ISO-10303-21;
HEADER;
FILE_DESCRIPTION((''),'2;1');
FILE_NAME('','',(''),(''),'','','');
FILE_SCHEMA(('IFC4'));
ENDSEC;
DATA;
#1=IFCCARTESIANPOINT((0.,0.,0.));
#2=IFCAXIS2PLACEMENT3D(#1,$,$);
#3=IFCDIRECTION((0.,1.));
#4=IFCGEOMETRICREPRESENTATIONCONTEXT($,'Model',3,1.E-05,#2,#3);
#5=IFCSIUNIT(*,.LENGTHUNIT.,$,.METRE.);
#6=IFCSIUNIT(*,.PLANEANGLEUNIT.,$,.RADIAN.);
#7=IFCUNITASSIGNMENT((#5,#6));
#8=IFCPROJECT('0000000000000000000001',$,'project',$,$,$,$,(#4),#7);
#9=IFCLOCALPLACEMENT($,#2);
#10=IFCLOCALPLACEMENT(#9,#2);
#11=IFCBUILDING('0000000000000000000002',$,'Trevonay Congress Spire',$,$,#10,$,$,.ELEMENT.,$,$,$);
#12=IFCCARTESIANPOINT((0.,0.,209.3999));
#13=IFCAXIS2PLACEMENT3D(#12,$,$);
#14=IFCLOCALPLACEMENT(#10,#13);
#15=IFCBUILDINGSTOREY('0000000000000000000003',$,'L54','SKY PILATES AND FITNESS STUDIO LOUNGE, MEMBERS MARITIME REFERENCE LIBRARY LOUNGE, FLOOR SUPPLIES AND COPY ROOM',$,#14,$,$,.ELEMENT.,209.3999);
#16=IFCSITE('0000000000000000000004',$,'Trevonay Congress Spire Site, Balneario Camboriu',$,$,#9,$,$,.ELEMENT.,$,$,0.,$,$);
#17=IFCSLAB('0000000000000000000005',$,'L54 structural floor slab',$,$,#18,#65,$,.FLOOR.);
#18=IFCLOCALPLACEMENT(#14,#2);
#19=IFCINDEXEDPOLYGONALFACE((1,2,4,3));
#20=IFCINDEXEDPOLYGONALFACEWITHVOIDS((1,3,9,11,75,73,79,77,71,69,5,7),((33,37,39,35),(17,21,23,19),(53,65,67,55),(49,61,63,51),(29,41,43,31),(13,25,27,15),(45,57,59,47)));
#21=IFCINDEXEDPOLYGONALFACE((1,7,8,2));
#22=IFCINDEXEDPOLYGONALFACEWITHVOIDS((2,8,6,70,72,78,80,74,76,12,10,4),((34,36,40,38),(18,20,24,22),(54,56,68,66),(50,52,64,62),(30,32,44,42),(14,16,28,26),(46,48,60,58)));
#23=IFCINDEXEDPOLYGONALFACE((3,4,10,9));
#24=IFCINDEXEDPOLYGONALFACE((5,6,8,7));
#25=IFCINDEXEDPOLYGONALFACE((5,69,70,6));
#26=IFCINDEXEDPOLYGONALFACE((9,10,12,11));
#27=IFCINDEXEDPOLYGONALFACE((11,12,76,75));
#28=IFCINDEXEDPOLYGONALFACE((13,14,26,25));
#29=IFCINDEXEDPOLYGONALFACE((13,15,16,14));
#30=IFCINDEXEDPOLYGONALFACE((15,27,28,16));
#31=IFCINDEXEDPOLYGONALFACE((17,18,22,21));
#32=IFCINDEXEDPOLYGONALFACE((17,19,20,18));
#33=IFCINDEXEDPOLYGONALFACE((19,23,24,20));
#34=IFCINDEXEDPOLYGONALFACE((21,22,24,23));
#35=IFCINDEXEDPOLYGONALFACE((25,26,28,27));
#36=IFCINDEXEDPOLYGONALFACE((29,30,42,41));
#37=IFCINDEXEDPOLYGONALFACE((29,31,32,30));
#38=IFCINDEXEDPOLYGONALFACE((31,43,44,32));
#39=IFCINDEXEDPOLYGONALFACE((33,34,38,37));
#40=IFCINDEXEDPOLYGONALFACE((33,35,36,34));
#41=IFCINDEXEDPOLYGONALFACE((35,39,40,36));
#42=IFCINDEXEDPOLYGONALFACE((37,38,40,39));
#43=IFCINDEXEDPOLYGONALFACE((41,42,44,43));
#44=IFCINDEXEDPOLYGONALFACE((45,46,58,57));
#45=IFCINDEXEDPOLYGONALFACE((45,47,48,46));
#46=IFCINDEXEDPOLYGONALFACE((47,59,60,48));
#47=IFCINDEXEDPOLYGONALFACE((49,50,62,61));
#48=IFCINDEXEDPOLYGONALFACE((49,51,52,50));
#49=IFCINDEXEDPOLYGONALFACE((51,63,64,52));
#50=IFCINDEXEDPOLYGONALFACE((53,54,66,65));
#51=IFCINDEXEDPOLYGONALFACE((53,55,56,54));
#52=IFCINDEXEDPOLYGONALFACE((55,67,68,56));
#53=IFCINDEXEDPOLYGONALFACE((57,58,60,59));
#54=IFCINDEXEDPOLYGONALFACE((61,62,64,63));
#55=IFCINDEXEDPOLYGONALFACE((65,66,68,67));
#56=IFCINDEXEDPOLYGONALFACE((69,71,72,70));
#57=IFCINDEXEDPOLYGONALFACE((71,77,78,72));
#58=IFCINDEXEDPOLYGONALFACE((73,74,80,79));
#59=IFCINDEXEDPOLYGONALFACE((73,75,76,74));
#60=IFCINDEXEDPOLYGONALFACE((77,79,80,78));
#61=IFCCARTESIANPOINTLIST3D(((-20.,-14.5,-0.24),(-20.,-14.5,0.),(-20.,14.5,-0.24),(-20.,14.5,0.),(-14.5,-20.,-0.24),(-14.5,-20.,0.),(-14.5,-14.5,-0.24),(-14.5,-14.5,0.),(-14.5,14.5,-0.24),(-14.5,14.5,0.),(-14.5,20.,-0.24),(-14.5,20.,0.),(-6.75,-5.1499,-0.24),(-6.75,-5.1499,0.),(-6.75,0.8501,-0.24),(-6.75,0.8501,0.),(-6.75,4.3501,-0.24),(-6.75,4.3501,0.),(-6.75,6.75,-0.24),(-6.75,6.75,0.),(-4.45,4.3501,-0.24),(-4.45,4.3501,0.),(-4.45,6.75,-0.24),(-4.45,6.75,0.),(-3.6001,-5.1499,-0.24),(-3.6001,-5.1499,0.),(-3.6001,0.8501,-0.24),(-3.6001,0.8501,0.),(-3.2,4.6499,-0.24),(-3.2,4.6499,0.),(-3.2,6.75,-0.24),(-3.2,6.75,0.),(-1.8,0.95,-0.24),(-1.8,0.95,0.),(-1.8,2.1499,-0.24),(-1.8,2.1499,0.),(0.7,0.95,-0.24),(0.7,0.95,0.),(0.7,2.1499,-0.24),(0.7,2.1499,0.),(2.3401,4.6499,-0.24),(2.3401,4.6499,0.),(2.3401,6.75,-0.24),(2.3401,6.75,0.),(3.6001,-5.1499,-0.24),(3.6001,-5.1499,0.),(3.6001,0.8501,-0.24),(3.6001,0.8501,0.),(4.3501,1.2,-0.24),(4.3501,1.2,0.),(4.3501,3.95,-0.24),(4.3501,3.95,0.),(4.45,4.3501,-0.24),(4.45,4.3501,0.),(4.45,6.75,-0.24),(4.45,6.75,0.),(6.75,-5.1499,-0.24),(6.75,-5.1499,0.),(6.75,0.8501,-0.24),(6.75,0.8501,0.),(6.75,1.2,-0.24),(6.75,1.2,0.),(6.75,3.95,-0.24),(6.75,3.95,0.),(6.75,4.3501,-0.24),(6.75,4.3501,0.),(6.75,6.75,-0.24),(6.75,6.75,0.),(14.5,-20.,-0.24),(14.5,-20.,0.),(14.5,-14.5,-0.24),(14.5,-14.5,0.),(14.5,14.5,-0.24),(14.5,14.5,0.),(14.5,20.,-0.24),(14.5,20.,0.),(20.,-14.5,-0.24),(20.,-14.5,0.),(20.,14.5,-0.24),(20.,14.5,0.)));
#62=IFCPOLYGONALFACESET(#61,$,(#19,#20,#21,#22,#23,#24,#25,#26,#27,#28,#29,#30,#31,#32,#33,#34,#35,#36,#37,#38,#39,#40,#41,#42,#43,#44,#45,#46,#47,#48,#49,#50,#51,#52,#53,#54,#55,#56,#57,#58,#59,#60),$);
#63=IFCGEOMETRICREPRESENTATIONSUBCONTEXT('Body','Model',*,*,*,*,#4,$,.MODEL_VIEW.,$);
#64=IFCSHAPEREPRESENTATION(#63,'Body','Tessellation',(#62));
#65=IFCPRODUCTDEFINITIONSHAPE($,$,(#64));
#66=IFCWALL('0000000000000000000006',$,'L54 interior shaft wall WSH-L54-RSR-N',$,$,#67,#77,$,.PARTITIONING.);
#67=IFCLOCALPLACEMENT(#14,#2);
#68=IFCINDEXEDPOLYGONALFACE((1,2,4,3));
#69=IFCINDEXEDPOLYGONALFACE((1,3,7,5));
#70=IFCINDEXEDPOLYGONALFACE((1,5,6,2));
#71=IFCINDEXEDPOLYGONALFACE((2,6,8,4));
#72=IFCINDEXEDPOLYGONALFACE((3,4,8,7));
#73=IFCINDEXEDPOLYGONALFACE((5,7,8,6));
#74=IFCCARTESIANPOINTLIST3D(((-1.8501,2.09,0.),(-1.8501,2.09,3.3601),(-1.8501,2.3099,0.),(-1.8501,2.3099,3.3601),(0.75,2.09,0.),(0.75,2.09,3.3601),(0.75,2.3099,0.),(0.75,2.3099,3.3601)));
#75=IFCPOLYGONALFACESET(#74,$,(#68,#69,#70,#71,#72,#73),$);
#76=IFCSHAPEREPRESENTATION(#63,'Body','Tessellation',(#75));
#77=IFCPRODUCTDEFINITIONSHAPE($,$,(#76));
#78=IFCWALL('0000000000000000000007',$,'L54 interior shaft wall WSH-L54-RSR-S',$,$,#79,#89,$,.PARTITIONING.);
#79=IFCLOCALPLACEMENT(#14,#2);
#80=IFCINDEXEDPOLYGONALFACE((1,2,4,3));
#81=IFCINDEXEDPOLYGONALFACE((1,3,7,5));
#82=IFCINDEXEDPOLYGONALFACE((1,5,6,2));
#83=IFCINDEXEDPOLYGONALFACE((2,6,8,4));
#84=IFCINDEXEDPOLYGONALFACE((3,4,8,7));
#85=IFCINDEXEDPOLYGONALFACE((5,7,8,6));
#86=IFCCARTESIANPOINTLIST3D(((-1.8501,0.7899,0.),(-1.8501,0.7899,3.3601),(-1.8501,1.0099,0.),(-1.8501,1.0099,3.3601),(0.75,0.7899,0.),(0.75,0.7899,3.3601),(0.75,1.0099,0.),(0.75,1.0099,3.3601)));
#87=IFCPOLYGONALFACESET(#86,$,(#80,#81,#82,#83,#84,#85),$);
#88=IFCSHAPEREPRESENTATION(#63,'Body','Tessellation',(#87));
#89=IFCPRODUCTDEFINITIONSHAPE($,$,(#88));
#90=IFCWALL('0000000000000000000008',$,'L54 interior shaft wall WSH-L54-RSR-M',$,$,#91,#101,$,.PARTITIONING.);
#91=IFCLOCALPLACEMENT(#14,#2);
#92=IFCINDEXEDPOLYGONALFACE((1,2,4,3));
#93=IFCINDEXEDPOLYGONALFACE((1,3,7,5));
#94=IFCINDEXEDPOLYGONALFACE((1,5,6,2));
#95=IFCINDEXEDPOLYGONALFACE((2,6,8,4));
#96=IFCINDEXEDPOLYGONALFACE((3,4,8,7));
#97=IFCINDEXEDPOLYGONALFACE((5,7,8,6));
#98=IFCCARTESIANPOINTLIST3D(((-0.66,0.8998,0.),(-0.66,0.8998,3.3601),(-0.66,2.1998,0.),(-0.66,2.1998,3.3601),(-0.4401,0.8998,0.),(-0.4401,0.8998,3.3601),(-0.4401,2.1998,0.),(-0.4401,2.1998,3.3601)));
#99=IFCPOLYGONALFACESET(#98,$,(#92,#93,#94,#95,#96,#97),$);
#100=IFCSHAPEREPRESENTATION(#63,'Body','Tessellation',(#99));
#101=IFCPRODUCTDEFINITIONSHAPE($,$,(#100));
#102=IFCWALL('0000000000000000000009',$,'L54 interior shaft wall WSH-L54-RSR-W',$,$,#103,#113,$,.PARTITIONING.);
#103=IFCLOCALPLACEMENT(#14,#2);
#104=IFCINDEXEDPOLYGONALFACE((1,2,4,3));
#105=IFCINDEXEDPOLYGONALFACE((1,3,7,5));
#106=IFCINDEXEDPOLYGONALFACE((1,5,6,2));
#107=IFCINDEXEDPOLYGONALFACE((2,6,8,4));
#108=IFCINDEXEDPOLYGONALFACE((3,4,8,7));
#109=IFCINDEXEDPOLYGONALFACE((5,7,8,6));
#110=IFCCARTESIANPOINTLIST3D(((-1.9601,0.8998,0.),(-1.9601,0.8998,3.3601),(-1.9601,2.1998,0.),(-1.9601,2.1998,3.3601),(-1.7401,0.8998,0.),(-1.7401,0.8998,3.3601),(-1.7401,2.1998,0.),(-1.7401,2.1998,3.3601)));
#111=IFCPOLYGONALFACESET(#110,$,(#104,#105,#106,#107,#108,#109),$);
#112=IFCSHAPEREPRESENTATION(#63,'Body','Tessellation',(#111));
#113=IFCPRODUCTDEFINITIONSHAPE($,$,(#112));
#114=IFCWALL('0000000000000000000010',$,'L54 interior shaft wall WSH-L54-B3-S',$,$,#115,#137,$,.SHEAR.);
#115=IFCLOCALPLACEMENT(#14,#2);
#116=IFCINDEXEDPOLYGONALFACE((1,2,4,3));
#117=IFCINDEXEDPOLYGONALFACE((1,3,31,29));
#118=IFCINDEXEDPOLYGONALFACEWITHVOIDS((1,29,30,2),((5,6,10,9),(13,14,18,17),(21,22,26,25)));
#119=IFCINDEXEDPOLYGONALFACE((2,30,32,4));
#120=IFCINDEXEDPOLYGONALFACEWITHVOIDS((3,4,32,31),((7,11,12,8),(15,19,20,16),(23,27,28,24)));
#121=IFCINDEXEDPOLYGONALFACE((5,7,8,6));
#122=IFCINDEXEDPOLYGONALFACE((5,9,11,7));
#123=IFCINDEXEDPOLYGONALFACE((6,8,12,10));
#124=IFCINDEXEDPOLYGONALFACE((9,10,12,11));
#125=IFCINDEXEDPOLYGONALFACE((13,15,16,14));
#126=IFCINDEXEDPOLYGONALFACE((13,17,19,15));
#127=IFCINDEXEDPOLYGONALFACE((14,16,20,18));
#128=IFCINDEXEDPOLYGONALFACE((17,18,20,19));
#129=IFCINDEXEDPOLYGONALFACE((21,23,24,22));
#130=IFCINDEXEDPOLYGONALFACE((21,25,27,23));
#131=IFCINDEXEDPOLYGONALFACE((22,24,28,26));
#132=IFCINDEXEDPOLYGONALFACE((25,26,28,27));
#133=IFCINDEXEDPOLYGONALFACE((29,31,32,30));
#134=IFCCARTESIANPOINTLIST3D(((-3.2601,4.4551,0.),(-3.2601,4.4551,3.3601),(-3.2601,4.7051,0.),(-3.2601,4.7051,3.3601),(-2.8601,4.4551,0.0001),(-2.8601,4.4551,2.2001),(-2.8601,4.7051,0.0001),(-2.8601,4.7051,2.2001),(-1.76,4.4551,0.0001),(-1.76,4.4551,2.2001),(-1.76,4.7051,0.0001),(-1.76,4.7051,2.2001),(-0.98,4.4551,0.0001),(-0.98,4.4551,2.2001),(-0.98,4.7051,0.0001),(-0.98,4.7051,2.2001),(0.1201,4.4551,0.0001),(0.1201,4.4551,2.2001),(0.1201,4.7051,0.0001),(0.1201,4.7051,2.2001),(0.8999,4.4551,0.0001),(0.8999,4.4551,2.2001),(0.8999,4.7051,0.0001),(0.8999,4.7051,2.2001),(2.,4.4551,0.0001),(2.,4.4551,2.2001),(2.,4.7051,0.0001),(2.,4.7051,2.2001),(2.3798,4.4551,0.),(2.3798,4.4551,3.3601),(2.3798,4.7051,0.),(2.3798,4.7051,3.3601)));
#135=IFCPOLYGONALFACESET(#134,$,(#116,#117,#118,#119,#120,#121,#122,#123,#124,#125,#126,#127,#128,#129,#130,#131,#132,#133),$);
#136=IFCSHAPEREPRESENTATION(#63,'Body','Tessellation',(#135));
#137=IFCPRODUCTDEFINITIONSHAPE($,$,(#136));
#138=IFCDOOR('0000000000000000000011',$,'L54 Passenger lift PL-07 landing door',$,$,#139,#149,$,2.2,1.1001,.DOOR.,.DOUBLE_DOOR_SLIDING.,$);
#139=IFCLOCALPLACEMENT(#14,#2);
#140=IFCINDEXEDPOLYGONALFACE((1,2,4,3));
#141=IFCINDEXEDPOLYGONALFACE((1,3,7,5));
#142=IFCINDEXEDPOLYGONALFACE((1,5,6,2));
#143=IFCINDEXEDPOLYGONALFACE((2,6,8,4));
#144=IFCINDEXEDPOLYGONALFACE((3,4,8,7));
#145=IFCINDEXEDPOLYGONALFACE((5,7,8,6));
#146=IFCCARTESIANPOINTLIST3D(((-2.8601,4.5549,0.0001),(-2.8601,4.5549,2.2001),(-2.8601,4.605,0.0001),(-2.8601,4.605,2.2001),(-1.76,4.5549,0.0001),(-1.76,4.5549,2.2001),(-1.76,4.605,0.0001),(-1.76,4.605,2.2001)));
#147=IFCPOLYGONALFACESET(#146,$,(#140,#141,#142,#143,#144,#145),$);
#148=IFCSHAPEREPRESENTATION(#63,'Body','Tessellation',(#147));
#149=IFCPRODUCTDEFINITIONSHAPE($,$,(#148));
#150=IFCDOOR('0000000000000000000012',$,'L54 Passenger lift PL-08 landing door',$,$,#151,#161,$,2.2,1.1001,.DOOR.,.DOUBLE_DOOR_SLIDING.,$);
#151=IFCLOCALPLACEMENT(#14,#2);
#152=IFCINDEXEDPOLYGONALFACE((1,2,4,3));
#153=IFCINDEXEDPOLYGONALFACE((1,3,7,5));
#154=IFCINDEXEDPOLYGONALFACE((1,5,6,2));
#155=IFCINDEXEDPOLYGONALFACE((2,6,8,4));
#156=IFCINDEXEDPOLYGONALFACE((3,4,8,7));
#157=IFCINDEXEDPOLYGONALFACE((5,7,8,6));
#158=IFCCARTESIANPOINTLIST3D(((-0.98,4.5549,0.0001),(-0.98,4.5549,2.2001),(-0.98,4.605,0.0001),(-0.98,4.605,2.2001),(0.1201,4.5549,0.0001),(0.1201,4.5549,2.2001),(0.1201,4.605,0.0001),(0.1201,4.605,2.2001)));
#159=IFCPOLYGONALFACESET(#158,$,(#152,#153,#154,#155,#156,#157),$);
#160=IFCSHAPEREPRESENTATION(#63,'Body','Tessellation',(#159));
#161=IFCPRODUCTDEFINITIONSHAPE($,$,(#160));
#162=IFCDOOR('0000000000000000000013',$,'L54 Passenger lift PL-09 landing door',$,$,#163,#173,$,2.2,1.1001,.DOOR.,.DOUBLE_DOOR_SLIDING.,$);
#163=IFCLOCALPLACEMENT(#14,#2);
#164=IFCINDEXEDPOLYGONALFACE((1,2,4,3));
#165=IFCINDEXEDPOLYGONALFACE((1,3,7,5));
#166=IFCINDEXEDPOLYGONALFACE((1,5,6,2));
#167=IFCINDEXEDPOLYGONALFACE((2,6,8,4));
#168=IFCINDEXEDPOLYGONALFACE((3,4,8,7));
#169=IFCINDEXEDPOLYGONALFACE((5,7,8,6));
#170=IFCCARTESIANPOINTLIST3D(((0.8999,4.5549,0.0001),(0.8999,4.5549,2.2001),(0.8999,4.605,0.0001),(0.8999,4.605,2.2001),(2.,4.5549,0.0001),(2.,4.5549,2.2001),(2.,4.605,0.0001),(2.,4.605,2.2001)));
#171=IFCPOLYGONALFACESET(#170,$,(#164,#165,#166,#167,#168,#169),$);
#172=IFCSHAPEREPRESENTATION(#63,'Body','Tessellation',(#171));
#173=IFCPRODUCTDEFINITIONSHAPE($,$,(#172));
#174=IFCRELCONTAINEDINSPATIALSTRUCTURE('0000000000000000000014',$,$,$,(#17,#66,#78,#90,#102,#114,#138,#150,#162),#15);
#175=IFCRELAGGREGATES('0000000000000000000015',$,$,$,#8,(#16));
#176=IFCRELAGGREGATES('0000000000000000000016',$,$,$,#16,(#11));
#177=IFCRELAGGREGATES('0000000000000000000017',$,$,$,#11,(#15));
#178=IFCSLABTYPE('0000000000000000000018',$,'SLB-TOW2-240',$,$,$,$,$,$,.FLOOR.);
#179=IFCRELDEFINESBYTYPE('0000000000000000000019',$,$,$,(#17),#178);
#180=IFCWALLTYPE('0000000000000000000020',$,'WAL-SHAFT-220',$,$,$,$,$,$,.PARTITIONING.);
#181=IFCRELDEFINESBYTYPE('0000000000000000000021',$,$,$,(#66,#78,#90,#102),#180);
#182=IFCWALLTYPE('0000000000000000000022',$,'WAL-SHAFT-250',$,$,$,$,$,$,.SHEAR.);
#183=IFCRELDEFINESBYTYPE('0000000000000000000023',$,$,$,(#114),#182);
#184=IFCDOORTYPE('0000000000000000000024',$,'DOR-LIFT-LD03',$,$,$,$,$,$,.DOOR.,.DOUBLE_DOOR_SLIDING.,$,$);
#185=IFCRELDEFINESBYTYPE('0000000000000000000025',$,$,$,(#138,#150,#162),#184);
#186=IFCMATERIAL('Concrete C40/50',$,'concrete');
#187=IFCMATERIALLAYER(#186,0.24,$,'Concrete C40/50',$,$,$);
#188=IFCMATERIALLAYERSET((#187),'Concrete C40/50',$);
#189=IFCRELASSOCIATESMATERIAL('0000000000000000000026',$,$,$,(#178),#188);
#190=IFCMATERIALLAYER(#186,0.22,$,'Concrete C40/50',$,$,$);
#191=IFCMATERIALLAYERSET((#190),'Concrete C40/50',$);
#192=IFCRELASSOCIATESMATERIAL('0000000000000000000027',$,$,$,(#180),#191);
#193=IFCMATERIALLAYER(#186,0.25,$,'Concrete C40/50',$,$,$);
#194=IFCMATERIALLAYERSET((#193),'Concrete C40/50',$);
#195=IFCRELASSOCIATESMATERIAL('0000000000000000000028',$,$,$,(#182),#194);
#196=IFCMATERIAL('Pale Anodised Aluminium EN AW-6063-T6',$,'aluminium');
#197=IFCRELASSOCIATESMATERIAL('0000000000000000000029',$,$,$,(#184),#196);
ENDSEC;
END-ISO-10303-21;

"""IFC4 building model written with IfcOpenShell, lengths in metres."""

from ifc_helpers import new_model, si_unit, direction, frame, frame_2d, origin, place, context, subcontext, project, spatial, polyline, rectangle, outline, extrude, material, layer, layer_set, type_object, element, fill, save


model = new_model("IFC4")

# Units and contexts
model_context = context("Model", 3, precision=1e-05, world=origin(), true_north=direction((0.0, 1.0)))
body_context = subcontext(model_context, "Body", "Model", "MODEL_VIEW")
ifc_project = project(units=[si_unit("LENGTHUNIT", "METRE"), si_unit("PLANEANGLEUNIT", "RADIAN")], contexts=[model_context])

# Site, building, storey
site_placement = place(None, origin())
site = spatial("IfcSite", under=ifc_project, at=site_placement, Name="Trevonay Congress Spire Site, Balneario Camboriu", CompositionType="ELEMENT", RefElevation=0.0)
building_placement = place(site_placement, origin())
building = spatial("IfcBuilding", under=site, at=building_placement, Name="Trevonay Congress Spire", CompositionType="ELEMENT")
storey_placement = place(building_placement, frame((0.0, 0.0, 209.3999)))
storey = spatial("IfcBuildingStorey", under=building, at=storey_placement, Name="L54", Description="SKY PILATES AND FITNESS STUDIO LOUNGE, MEMBERS MARITIME REFERENCE LIBRARY LOUNGE, FLOOR SUPPLIES AND COPY ROOM", CompositionType="ELEMENT", Elevation=209.3999)

# Shared definitions
ifc_material_1 = material(Name="Concrete C40/50", Category="concrete")

# Slab
ifc_layer_1 = layer(ifc_material_1, 0.24, Name="Concrete C40/50")
ifc_layer_set_1 = layer_set([ifc_layer_1], Name="Concrete C40/50")
slab_type_1 = type_object("IfcSlabType", Name="SLB-TOW2-240", PredefinedType="FLOOR", material=ifc_layer_set_1)
slab_1_placement = place(storey_placement, frame((0.0, 0.0, -0.24)))
element("IfcSlab", 1, at=slab_1_placement, inside=storey, type_object=slab_type_1, Name="L54 structural floor slab", PredefinedType="FLOOR", context=body_context, shape_type="SweptSolid", body=[
    extrude(outline(polyline([(-14.5, -20.0), (14.5, -20.0), (14.5, -14.5), (20.0, -14.5), (20.0, 14.5), (14.5, 14.5), (14.5, 20.0), (-14.5, 20.0), (-14.5, 14.5), (-20.0, 14.5), (-20.0, -14.5), (-14.5, -14.5), (-14.5, -20.0)]), holes=[polyline([(-3.6001, -5.1499), (-3.6001, 0.8501), (-6.75, 0.8501), (-6.75, -5.1499), (-3.6001, -5.1499)]), polyline([(6.75, -5.1499), (6.75, 0.8501), (3.6001, 0.8501), (3.6001, -5.1499), (6.75, -5.1499)]), polyline([(-3.2, 4.6499), (2.3401, 4.6499), (2.3401, 6.75), (-3.2, 6.75), (-3.2, 4.6499)]), polyline([(-6.75, 4.3501), (-4.45, 4.3501), (-4.45, 6.75), (-6.75, 6.75), (-6.75, 4.3501)]), polyline([(4.45, 4.3501), (6.75, 4.3501), (6.75, 6.75), (4.45, 6.75), (4.45, 4.3501)]), polyline([(4.3501, 1.2), (6.75, 1.2), (6.75, 3.95), (4.3501, 3.95), (4.3501, 1.2)]), polyline([(-1.8, 0.95), (0.7, 0.95), (0.7, 2.1499), (-1.8, 2.1499), (-1.8, 0.95)])]), origin(), (0.0, 0.0, 1.0), 0.24),
])

# Walls
ifc_layer_2 = layer(ifc_material_1, 0.22, Name="Concrete C40/50")
ifc_layer_set_2 = layer_set([ifc_layer_2], Name="Concrete C40/50")
wall_type_1 = type_object("IfcWallType", Name="WAL-SHAFT-220", PredefinedType="PARTITIONING", material=ifc_layer_set_2)
for number, where, z_axis, x_axis, name in (
    (2, (-1.8501, 2.2, 0.0), (0.0, 0.0, 1.0), (1.0, 0.0, 0.0), "L54 interior shaft wall WSH-L54-RSR-N"),
    (3, (-1.8501, 0.8999, 0.0), (0.0, 0.0, 1.0), (1.0, 0.0, 0.0), "L54 interior shaft wall WSH-L54-RSR-S"),
):
    element("IfcWall", number, at=place(storey_placement, frame(where, z_axis=z_axis, x_axis=x_axis)), inside=storey, type_object=wall_type_1, Name=name, PredefinedType="PARTITIONING", context=body_context, shape_type="SweptSolid", body=[
        extrude(rectangle(XDim=2.6001, YDim=0.22, at=frame_2d((1.3, 0.0))), origin(), (0.0, 0.0, 1.0), 3.3601),
    ])
for number, where, z_axis, x_axis, name in (
    (4, (-0.55, 0.8999, 0.0), (0.0, 0.0, 1.0), (0.0, 1.0, 0.0), "L54 interior shaft wall WSH-L54-RSR-M"),
    (5, (-1.8501, 0.8999, 0.0), (0.0, 0.0, 1.0), (0.0, 1.0, 0.0), "L54 interior shaft wall WSH-L54-RSR-W"),
):
    element("IfcWall", number, at=place(storey_placement, frame(where, z_axis=z_axis, x_axis=x_axis)), inside=storey, type_object=wall_type_1, Name=name, PredefinedType="PARTITIONING", context=body_context, shape_type="SweptSolid", body=[
        extrude(rectangle(XDim=1.3, YDim=0.22, at=frame_2d((0.6499, 0.0))), origin(), (0.0, 0.0, 1.0), 3.3601),
    ])

# Wall, openings, doors
ifc_layer_3 = layer(ifc_material_1, 0.25, Name="Concrete C40/50")
ifc_layer_set_3 = layer_set([ifc_layer_3], Name="Concrete C40/50")
wall_type_2 = type_object("IfcWallType", Name="WAL-SHAFT-250", PredefinedType="SHEAR", material=ifc_layer_set_3)
wall_1_placement = place(storey_placement, frame((-3.26, 4.5801, 0.0), z_axis=(0.0, 0.0, 1.0), x_axis=(1.0, 0.0, 0.0)))
wall_1 = element("IfcWall", 6, at=wall_1_placement, inside=storey, type_object=wall_type_2, Name="L54 interior shaft wall WSH-L54-B3-S", PredefinedType="SHEAR", context=body_context, shape_type="SweptSolid", body=[
    extrude(rectangle(XDim=5.6399, YDim=0.25, at=frame_2d((2.8198, 0.0))), origin(), (0.0, 0.0, 1.0), 3.3601),
])
opening_1_placement = place(wall_1_placement, frame((0.3999, 0.0, 0.0)))
opening_1 = element("IfcOpeningElement", 7, at=opening_1_placement, cuts=wall_1, PredefinedType="OPENING", context=body_context, shape_type="SweptSolid", body=[
    extrude(rectangle(XDim=1.1001, YDim=2.2, at=frame_2d((0.55, 1.1001))), frame((0.0, 0.135, 0.0), z_axis=(0.0, -1.0, 0.0), x_axis=(1.0, 0.0, 0.0)), (0.0, 0.0, 1.0), 0.27),
])
opening_2_placement = place(wall_1_placement, frame((2.28, 0.0, 0.0)))
opening_2 = element("IfcOpeningElement", 8, at=opening_2_placement, cuts=wall_1, PredefinedType="OPENING", context=body_context, shape_type="SweptSolid", body=[
    extrude(rectangle(XDim=1.1001, YDim=2.2, at=frame_2d((0.55, 1.1001))), frame((0.0, 0.135, 0.0), z_axis=(0.0, -1.0, 0.0), x_axis=(1.0, 0.0, 0.0)), (0.0, 0.0, 1.0), 0.27),
])
opening_3_placement = place(wall_1_placement, frame((4.1599, 0.0, 0.0)))
opening_3 = element("IfcOpeningElement", 9, at=opening_3_placement, cuts=wall_1, PredefinedType="OPENING", context=body_context, shape_type="SweptSolid", body=[
    extrude(rectangle(XDim=1.1001, YDim=2.2, at=frame_2d((0.55, 1.1001))), frame((0.0, 0.135, 0.0), z_axis=(0.0, -1.0, 0.0), x_axis=(1.0, 0.0, 0.0)), (0.0, 0.0, 1.0), 0.27),
])
ifc_material_2 = material(Name="Pale Anodised Aluminium EN AW-6063-T6", Category="aluminium")
door_type_1 = type_object("IfcDoorType", Name="DOR-LIFT-LD03", OperationType="DOUBLE_DOOR_SLIDING", PredefinedType="DOOR", material=ifc_material_2)
door_1_placement = place(opening_1_placement, origin())
door_1 = element("IfcDoor", 10, at=door_1_placement, inside=storey, type_object=door_type_1, Name="L54 Passenger lift PL-07 landing door", OperationType="DOUBLE_DOOR_SLIDING", OverallHeight=2.2, OverallWidth=1.1001, PredefinedType="DOOR", context=body_context, shape_type="SweptSolid", body=[
    extrude(rectangle(XDim=1.1001, YDim=2.2, at=frame_2d((0.55, 1.1001))), frame((0.0, 0.0249, 0.0), z_axis=(0.0, -1.0, 0.0), x_axis=(1.0, 0.0, 0.0)), (0.0, 0.0, 1.0), 0.05),
])
fill(opening_1, door_1)
door_2_placement = place(opening_2_placement, origin())
door_2 = element("IfcDoor", 11, at=door_2_placement, inside=storey, type_object=door_type_1, Name="L54 Passenger lift PL-08 landing door", OperationType="DOUBLE_DOOR_SLIDING", OverallHeight=2.2, OverallWidth=1.1001, PredefinedType="DOOR", context=body_context, shape_type="SweptSolid", body=[
    extrude(rectangle(XDim=1.1001, YDim=2.2, at=frame_2d((0.55, 1.1001))), frame((0.0, 0.0249, 0.0), z_axis=(0.0, -1.0, 0.0), x_axis=(1.0, 0.0, 0.0)), (0.0, 0.0, 1.0), 0.05),
])
fill(opening_2, door_2)
door_3_placement = place(opening_3_placement, origin())
door_3 = element("IfcDoor", 12, at=door_3_placement, inside=storey, type_object=door_type_1, Name="L54 Passenger lift PL-09 landing door", OperationType="DOUBLE_DOOR_SLIDING", OverallHeight=2.2, OverallWidth=1.1001, PredefinedType="DOOR", context=body_context, shape_type="SweptSolid", body=[
    extrude(rectangle(XDim=1.1001, YDim=2.2, at=frame_2d((0.55, 1.1001))), frame((0.0, 0.0249, 0.0), z_axis=(0.0, -1.0, 0.0), x_axis=(1.0, 0.0, 0.0)), (0.0, 0.0, 1.0), 0.05),
])
fill(opening_3, door_3)

save(model, "model.ifc")
